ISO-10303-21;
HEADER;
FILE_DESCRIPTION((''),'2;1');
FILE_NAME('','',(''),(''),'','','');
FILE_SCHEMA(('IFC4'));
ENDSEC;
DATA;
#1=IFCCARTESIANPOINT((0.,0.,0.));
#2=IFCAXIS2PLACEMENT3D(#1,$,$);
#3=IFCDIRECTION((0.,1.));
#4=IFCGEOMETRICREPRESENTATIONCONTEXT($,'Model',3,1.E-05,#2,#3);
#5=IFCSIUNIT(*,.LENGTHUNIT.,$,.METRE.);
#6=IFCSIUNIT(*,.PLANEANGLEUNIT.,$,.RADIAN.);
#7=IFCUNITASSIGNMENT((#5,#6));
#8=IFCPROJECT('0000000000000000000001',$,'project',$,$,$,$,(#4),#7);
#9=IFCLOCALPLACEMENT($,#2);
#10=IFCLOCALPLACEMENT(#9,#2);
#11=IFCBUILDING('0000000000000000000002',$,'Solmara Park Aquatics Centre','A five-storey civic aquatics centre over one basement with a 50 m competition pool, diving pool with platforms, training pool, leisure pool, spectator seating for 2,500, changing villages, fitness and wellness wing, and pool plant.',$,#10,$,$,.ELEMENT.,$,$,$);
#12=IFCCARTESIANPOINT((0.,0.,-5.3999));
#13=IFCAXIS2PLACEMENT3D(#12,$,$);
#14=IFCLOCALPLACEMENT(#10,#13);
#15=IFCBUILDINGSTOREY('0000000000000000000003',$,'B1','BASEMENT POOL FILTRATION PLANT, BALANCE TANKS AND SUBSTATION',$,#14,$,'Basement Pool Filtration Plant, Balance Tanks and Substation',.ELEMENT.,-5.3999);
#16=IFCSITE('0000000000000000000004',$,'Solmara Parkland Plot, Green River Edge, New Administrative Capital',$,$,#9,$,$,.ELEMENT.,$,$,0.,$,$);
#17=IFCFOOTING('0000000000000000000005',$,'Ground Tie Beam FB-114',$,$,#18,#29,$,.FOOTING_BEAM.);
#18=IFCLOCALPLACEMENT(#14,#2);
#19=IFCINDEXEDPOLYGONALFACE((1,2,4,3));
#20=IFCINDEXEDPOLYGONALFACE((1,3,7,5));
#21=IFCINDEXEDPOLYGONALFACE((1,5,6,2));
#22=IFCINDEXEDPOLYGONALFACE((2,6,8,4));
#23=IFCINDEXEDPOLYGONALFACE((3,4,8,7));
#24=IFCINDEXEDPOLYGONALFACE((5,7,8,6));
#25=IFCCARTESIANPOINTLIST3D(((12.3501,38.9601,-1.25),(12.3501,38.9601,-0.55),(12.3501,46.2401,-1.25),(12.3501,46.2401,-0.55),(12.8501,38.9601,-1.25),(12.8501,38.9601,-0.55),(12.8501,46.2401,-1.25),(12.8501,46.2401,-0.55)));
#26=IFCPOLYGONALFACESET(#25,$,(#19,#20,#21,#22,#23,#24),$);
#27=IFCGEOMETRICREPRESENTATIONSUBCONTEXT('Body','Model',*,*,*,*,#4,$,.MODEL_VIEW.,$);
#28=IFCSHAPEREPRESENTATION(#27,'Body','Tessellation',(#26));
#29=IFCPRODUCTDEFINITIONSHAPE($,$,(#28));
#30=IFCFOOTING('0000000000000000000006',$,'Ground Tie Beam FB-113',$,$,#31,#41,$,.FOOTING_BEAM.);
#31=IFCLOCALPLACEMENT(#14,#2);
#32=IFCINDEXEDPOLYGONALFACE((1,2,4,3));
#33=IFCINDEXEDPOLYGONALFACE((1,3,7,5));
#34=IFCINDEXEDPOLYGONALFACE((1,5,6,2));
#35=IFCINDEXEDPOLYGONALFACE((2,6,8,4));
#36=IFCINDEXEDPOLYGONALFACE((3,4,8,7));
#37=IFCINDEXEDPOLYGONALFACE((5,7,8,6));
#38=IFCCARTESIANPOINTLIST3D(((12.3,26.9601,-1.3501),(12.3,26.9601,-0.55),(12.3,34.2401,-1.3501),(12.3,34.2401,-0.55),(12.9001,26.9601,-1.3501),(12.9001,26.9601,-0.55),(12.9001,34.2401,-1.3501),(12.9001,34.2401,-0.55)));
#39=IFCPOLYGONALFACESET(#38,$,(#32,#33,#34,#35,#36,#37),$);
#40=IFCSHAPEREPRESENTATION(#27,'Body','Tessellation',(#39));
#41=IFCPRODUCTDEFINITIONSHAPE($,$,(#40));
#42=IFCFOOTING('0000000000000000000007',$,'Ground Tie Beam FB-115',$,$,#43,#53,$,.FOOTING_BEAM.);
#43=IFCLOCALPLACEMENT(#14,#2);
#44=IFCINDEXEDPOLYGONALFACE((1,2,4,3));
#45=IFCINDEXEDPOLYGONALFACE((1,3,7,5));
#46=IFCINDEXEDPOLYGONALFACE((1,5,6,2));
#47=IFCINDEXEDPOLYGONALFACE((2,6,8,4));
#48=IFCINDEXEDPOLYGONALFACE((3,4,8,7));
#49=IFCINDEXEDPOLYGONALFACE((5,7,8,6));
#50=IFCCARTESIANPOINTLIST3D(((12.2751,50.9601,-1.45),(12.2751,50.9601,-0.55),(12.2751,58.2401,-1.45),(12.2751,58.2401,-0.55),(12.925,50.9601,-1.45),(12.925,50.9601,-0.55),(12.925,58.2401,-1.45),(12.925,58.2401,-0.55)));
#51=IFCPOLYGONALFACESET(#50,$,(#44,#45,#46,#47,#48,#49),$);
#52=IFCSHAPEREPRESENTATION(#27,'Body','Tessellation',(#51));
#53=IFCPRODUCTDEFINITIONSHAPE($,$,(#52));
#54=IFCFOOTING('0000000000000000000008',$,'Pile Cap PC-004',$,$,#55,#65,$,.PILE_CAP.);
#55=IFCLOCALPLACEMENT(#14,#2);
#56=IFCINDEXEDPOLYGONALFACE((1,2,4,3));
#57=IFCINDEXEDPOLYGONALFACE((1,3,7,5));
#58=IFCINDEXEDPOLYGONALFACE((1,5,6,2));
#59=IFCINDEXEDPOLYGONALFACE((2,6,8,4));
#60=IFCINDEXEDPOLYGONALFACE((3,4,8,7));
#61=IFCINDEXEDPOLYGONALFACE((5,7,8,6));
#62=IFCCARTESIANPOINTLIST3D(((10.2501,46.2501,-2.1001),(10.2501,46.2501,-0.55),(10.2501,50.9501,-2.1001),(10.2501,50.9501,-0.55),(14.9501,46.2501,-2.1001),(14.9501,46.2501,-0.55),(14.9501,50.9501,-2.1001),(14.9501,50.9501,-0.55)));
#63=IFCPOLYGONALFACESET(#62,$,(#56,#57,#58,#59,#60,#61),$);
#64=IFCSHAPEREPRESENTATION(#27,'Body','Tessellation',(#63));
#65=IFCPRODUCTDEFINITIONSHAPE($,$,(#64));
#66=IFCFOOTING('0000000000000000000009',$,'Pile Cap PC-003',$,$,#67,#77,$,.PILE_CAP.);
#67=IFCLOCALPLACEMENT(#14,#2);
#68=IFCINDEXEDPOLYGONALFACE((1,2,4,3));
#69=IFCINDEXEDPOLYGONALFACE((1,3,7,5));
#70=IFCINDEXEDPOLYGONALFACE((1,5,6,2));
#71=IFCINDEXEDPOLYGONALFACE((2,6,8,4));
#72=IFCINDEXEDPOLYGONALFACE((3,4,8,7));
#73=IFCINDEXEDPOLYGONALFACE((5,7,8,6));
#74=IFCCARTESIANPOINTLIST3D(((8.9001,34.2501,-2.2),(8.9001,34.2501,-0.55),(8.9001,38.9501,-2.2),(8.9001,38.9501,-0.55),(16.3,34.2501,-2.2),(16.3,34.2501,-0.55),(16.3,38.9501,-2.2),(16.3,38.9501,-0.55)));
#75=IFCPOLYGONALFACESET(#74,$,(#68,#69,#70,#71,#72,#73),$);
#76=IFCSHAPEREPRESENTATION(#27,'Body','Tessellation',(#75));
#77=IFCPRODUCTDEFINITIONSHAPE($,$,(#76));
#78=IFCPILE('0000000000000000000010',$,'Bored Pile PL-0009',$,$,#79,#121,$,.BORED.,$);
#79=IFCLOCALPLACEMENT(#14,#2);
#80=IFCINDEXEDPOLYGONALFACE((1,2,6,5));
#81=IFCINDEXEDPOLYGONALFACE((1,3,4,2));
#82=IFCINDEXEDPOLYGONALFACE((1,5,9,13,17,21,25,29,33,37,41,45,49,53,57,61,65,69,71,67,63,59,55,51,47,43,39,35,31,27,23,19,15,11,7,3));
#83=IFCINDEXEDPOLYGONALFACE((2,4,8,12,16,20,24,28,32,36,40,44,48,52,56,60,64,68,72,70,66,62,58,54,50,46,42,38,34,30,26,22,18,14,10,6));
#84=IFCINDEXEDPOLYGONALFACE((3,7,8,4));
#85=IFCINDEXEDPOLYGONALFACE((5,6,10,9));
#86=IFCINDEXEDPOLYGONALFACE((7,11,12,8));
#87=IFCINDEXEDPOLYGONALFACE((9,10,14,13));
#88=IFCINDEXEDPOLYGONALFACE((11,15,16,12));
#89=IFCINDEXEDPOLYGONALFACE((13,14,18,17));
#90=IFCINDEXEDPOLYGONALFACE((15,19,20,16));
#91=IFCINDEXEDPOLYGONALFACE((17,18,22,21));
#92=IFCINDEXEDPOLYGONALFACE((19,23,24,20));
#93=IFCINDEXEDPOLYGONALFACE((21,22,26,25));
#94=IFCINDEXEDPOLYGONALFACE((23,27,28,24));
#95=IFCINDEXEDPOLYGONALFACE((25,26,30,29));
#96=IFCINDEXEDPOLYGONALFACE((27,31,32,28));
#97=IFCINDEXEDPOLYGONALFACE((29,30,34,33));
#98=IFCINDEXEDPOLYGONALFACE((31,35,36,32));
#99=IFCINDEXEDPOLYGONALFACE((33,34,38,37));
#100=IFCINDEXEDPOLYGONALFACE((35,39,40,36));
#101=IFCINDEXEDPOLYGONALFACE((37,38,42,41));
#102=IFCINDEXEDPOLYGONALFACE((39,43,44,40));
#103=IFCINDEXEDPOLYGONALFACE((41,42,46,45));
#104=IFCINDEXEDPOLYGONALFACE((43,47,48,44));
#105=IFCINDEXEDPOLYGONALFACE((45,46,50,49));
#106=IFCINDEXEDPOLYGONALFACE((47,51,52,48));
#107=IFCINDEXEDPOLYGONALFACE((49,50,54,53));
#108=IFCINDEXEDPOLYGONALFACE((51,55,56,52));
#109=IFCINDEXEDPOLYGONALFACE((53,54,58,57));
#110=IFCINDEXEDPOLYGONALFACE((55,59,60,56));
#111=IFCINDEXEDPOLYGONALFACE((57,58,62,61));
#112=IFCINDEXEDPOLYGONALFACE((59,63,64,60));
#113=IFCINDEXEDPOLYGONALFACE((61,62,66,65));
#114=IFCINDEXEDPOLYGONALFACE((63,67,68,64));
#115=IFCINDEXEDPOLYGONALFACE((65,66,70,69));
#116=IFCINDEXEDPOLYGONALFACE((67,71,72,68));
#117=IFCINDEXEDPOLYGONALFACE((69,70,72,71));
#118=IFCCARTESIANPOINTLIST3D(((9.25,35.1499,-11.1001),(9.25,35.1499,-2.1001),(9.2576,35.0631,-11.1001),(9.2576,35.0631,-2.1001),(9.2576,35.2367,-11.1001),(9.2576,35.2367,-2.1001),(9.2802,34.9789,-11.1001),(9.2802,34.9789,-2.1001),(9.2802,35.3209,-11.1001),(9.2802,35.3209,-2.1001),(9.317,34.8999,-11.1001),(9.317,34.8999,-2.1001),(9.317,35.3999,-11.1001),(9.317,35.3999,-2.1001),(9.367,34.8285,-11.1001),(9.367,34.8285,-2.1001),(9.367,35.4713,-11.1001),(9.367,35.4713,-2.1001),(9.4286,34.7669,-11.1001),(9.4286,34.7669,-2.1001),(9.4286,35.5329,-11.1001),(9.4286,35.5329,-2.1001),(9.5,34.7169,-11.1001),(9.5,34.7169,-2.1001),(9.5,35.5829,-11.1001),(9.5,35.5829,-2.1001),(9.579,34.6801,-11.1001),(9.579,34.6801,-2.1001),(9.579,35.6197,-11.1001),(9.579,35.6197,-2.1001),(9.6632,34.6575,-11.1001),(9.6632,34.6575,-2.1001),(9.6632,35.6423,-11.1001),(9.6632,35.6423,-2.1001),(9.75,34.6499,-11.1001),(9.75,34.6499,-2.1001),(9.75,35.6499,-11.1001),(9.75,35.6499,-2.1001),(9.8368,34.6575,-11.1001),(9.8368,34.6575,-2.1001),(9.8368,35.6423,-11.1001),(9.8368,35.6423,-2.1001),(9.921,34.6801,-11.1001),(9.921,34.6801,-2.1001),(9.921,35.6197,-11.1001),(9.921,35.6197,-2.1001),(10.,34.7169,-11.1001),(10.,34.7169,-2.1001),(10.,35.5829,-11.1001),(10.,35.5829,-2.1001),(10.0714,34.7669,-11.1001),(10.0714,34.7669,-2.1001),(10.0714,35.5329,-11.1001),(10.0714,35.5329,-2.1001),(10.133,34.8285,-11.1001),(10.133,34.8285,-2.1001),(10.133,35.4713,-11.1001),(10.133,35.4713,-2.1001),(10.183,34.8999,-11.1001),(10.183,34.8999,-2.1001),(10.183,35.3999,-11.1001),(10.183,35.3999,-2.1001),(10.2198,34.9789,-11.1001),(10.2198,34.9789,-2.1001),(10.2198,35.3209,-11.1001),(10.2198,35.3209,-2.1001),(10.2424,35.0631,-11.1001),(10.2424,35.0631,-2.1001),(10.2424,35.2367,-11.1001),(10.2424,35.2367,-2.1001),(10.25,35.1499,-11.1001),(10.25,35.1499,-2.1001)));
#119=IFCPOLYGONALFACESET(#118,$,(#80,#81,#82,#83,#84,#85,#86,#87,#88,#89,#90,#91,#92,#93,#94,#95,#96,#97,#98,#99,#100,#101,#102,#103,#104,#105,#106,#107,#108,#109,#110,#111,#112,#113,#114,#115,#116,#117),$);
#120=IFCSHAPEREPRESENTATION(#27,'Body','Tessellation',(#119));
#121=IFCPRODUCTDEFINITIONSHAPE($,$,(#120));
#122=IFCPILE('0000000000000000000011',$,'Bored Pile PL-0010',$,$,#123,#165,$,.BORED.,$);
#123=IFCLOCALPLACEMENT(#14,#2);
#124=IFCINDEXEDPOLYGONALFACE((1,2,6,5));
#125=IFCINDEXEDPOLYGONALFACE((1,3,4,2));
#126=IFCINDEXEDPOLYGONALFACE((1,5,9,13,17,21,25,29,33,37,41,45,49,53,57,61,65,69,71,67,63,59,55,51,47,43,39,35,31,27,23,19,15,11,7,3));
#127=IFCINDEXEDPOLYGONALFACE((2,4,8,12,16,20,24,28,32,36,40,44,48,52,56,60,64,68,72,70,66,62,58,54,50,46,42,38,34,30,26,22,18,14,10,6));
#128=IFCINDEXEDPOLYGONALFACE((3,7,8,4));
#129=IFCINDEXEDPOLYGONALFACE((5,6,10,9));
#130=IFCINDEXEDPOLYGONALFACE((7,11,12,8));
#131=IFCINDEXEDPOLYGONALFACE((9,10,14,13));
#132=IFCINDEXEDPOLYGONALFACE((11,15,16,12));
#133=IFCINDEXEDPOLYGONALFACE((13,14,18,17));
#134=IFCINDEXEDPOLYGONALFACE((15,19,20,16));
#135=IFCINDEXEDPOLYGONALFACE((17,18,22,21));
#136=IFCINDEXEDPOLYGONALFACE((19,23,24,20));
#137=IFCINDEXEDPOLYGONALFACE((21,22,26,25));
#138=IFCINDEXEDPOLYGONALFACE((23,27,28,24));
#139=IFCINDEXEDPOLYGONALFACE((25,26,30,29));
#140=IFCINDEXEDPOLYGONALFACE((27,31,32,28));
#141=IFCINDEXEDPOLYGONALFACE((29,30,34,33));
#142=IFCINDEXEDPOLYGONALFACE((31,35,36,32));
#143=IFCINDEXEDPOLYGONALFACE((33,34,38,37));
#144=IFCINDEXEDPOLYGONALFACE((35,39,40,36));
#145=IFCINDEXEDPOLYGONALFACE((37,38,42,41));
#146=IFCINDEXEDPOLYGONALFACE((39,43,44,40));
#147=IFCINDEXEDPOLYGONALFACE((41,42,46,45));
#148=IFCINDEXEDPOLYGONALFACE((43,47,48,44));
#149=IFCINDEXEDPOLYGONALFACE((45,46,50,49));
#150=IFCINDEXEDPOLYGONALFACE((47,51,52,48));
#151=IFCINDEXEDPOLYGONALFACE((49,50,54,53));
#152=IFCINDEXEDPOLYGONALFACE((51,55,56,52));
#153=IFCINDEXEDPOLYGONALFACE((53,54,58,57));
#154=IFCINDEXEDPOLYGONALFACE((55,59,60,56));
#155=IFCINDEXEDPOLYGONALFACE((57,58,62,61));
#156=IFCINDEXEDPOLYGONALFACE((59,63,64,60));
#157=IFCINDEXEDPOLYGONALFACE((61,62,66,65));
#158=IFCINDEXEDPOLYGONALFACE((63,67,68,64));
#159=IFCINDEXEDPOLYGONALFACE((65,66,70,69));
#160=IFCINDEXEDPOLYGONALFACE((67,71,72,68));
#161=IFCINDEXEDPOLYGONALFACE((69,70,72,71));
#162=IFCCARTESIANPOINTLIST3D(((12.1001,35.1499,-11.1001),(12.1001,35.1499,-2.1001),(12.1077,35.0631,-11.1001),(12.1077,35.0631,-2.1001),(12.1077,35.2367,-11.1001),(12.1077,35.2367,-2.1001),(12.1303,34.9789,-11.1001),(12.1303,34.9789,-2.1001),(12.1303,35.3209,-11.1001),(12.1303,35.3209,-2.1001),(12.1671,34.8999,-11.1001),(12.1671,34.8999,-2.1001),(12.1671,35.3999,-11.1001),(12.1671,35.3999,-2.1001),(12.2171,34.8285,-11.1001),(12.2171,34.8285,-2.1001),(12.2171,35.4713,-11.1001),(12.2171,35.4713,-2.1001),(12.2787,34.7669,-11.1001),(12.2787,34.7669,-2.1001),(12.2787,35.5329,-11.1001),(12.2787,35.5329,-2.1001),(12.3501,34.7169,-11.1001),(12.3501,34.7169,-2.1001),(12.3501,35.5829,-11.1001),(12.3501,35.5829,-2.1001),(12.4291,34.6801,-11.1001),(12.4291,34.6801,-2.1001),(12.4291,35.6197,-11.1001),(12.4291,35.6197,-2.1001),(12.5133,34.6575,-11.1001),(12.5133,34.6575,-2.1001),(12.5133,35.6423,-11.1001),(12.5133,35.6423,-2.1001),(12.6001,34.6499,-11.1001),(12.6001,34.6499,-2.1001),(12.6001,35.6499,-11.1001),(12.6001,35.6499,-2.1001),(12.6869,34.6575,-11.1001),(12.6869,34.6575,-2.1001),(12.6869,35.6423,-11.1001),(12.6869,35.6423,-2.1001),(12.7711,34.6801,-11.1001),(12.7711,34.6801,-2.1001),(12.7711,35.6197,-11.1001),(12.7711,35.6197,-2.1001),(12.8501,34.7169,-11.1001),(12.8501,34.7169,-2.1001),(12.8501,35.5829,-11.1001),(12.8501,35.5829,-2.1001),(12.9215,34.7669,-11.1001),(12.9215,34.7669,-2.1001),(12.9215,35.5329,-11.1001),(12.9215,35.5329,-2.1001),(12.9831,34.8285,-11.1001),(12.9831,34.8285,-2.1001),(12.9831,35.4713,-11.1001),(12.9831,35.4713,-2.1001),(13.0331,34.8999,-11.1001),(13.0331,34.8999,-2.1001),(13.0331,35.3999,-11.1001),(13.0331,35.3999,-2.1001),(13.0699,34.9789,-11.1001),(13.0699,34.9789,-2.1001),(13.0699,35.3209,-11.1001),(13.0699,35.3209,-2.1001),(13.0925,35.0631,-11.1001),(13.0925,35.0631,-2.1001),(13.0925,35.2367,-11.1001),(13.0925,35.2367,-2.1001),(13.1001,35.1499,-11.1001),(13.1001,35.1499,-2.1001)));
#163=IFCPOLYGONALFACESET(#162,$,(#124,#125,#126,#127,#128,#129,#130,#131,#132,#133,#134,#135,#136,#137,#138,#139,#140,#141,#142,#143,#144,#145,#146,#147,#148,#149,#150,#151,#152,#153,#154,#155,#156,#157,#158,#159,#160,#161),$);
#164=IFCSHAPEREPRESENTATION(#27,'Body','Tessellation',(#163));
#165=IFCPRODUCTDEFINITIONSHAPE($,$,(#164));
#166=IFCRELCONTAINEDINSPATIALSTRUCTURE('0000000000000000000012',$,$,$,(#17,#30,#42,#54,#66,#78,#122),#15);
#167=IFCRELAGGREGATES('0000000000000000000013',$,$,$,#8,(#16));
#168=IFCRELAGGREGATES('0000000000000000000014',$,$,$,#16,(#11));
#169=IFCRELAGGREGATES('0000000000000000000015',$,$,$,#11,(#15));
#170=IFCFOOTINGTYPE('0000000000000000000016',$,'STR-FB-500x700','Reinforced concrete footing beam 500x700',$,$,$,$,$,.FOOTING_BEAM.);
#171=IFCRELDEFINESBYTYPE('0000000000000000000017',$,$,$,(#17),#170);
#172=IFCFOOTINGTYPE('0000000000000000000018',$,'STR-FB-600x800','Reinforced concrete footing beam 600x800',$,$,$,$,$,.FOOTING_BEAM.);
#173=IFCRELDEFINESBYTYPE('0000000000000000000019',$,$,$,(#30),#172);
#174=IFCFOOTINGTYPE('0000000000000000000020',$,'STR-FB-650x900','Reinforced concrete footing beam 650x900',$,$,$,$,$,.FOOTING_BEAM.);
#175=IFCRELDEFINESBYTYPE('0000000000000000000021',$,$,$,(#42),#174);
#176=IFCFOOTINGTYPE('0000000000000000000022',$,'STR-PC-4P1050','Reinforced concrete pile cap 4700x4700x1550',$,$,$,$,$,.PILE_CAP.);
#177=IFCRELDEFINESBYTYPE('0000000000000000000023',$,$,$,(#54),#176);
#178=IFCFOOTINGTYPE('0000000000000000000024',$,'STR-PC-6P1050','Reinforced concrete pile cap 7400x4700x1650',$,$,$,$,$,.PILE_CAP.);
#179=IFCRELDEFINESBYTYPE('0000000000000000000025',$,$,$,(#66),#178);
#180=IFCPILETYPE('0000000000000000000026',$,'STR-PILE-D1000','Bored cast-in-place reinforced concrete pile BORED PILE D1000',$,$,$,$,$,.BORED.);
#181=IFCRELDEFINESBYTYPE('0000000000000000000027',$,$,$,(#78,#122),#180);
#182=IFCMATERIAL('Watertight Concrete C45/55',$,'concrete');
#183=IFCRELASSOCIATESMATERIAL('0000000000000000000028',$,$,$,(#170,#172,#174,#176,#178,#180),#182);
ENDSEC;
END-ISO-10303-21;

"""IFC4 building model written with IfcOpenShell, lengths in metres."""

from ifc_helpers import new_model, si_unit, direction, frame, origin, origin_2d, place, context, subcontext, project, spatial, rectangle, circle, extrude, material, material_profile, profile_set, type_object, element, save


model = new_model("IFC4")

# Units and contexts
model_context = context("Model", 3, precision=1e-05, world=origin(), true_north=direction((0.0, 1.0)))
body_context = subcontext(model_context, "Body", "Model", "MODEL_VIEW")
ifc_project = project(units=[si_unit("LENGTHUNIT", "METRE"), si_unit("PLANEANGLEUNIT", "RADIAN")], contexts=[model_context])

# Site, building, storey
site_placement = place(None, origin())
site = spatial("IfcSite", under=ifc_project, at=site_placement, Name="Solmara Parkland Plot, Green River Edge, New Administrative Capital", CompositionType="ELEMENT", RefElevation=0.0)
building_placement = place(site_placement, origin())
building = spatial("IfcBuilding", under=site, at=building_placement, Name="Solmara Park Aquatics Centre", Description="A five-storey civic aquatics centre over one basement with a 50 m competition pool, diving pool with platforms, training pool, leisure pool, spectator seating for 2,500, changing villages, fitness and wellness wing, and pool plant.", CompositionType="ELEMENT")
storey_placement = place(building_placement, frame((0.0, 0.0, -5.3999)))
storey = spatial("IfcBuildingStorey", under=building, at=storey_placement, Name="B1", Description="BASEMENT POOL FILTRATION PLANT, BALANCE TANKS AND SUBSTATION", LongName="Basement Pool Filtration Plant, Balance Tanks and Substation", CompositionType="ELEMENT", Elevation=-5.3999)

# Footings
ifc_material_1 = material(Name="Watertight Concrete C45/55", Category="concrete")
footing_type_1 = type_object("IfcFootingType", Name="STR-FB-500x700", Description="Reinforced concrete footing beam 500x700", PredefinedType="FOOTING_BEAM", material=ifc_material_1)
footing_1_placement = place(storey_placement, frame((12.6001, 42.6001, -1.25), z_axis=(0.0, 0.0, 1.0), x_axis=(1.0, 0.0, 0.0)))
element("IfcFooting", 1, at=footing_1_placement, inside=storey, type_object=footing_type_1, Name="Ground Tie Beam FB-114", PredefinedType="FOOTING_BEAM", context=body_context, shape_type="SweptSolid", body=[
    extrude(rectangle(XDim=0.5, YDim=7.28, at=origin_2d()), origin(), (0.0, 0.0, 1.0), 0.7),
])
footing_type_2 = type_object("IfcFootingType", Name="STR-FB-600x800", Description="Reinforced concrete footing beam 600x800", PredefinedType="FOOTING_BEAM", material=ifc_material_1)
footing_2_placement = place(storey_placement, frame((12.6001, 30.6001, -1.3501), z_axis=(0.0, 0.0, 1.0), x_axis=(1.0, 0.0, 0.0)))
element("IfcFooting", 2, at=footing_2_placement, inside=storey, type_object=footing_type_2, Name="Ground Tie Beam FB-113", PredefinedType="FOOTING_BEAM", context=body_context, shape_type="SweptSolid", body=[
    extrude(rectangle(XDim=0.6001, YDim=7.28, at=origin_2d()), origin(), (0.0, 0.0, 1.0), 0.8),
])
footing_type_3 = type_object("IfcFootingType", Name="STR-FB-650x900", Description="Reinforced concrete footing beam 650x900", PredefinedType="FOOTING_BEAM", material=ifc_material_1)
footing_3_placement = place(storey_placement, frame((12.6001, 54.6001, -1.45), z_axis=(0.0, 0.0, 1.0), x_axis=(1.0, 0.0, 0.0)))
element("IfcFooting", 3, at=footing_3_placement, inside=storey, type_object=footing_type_3, Name="Ground Tie Beam FB-115", PredefinedType="FOOTING_BEAM", context=body_context, shape_type="SweptSolid", body=[
    extrude(rectangle(XDim=0.6499, YDim=7.28, at=origin_2d()), origin(), (0.0, 0.0, 1.0), 0.8999),
])
footing_type_4 = type_object("IfcFootingType", Name="STR-PC-4P1050", Description="Reinforced concrete pile cap 4700x4700x1550", PredefinedType="PILE_CAP", material=ifc_material_1)
footing_4_placement = place(storey_placement, frame((12.6001, 48.6001, -2.1001), z_axis=(0.0, 0.0, 1.0), x_axis=(1.0, 0.0, 0.0)))
element("IfcFooting", 4, at=footing_4_placement, inside=storey, type_object=footing_type_4, Name="Pile Cap PC-004", PredefinedType="PILE_CAP", context=body_context, shape_type="SweptSolid", body=[
    extrude(rectangle(XDim=4.7, YDim=4.7, at=origin_2d()), origin(), (0.0, 0.0, 1.0), 1.55),
])
footing_type_5 = type_object("IfcFootingType", Name="STR-PC-6P1050", Description="Reinforced concrete pile cap 7400x4700x1650", PredefinedType="PILE_CAP", material=ifc_material_1)
footing_5_placement = place(storey_placement, frame((12.6001, 36.6001, -2.2), z_axis=(0.0, 0.0, 1.0), x_axis=(1.0, 0.0, 0.0)))
element("IfcFooting", 5, at=footing_5_placement, inside=storey, type_object=footing_type_5, Name="Pile Cap PC-003", PredefinedType="PILE_CAP", context=body_context, shape_type="SweptSolid", body=[
    extrude(rectangle(XDim=7.3999, YDim=4.7, at=origin_2d()), origin(), (0.0, 0.0, 1.0), 1.6499),
])

# Piles
ifc_material_profile_1 = material_profile(ifc_material_1, circle(Radius=0.5, at=origin_2d()), Name="BORED PILE D1000")
ifc_profile_set_1 = profile_set([ifc_material_profile_1], Name="Watertight Concrete C45/55")
pile_type_1 = type_object("IfcPileType", Name="STR-PILE-D1000", Description="Bored cast-in-place reinforced concrete pile BORED PILE D1000", PredefinedType="BORED", material=ifc_profile_set_1)
for number, where, z_axis, x_axis, name in (
    (6, (9.75, 35.1499, -2.1001), (0.0, 0.0, -1.0), (1.0, 0.0, 0.0), "Bored Pile PL-0009"),
    (7, (12.6001, 35.1499, -2.1001), (0.0, 0.0, -1.0), (1.0, 0.0, 0.0), "Bored Pile PL-0010"),
):
    element("IfcPile", number, at=place(storey_placement, frame(where, z_axis=z_axis, x_axis=x_axis)), inside=storey, type_object=pile_type_1, Name=name, PredefinedType="BORED", context=body_context, shape_type="SweptSolid", body=[
        extrude(circle(Radius=0.5, at=origin_2d()), origin(), (0.0, 0.0, 1.0), 9.0),
    ])

save(model, "model.ifc")
